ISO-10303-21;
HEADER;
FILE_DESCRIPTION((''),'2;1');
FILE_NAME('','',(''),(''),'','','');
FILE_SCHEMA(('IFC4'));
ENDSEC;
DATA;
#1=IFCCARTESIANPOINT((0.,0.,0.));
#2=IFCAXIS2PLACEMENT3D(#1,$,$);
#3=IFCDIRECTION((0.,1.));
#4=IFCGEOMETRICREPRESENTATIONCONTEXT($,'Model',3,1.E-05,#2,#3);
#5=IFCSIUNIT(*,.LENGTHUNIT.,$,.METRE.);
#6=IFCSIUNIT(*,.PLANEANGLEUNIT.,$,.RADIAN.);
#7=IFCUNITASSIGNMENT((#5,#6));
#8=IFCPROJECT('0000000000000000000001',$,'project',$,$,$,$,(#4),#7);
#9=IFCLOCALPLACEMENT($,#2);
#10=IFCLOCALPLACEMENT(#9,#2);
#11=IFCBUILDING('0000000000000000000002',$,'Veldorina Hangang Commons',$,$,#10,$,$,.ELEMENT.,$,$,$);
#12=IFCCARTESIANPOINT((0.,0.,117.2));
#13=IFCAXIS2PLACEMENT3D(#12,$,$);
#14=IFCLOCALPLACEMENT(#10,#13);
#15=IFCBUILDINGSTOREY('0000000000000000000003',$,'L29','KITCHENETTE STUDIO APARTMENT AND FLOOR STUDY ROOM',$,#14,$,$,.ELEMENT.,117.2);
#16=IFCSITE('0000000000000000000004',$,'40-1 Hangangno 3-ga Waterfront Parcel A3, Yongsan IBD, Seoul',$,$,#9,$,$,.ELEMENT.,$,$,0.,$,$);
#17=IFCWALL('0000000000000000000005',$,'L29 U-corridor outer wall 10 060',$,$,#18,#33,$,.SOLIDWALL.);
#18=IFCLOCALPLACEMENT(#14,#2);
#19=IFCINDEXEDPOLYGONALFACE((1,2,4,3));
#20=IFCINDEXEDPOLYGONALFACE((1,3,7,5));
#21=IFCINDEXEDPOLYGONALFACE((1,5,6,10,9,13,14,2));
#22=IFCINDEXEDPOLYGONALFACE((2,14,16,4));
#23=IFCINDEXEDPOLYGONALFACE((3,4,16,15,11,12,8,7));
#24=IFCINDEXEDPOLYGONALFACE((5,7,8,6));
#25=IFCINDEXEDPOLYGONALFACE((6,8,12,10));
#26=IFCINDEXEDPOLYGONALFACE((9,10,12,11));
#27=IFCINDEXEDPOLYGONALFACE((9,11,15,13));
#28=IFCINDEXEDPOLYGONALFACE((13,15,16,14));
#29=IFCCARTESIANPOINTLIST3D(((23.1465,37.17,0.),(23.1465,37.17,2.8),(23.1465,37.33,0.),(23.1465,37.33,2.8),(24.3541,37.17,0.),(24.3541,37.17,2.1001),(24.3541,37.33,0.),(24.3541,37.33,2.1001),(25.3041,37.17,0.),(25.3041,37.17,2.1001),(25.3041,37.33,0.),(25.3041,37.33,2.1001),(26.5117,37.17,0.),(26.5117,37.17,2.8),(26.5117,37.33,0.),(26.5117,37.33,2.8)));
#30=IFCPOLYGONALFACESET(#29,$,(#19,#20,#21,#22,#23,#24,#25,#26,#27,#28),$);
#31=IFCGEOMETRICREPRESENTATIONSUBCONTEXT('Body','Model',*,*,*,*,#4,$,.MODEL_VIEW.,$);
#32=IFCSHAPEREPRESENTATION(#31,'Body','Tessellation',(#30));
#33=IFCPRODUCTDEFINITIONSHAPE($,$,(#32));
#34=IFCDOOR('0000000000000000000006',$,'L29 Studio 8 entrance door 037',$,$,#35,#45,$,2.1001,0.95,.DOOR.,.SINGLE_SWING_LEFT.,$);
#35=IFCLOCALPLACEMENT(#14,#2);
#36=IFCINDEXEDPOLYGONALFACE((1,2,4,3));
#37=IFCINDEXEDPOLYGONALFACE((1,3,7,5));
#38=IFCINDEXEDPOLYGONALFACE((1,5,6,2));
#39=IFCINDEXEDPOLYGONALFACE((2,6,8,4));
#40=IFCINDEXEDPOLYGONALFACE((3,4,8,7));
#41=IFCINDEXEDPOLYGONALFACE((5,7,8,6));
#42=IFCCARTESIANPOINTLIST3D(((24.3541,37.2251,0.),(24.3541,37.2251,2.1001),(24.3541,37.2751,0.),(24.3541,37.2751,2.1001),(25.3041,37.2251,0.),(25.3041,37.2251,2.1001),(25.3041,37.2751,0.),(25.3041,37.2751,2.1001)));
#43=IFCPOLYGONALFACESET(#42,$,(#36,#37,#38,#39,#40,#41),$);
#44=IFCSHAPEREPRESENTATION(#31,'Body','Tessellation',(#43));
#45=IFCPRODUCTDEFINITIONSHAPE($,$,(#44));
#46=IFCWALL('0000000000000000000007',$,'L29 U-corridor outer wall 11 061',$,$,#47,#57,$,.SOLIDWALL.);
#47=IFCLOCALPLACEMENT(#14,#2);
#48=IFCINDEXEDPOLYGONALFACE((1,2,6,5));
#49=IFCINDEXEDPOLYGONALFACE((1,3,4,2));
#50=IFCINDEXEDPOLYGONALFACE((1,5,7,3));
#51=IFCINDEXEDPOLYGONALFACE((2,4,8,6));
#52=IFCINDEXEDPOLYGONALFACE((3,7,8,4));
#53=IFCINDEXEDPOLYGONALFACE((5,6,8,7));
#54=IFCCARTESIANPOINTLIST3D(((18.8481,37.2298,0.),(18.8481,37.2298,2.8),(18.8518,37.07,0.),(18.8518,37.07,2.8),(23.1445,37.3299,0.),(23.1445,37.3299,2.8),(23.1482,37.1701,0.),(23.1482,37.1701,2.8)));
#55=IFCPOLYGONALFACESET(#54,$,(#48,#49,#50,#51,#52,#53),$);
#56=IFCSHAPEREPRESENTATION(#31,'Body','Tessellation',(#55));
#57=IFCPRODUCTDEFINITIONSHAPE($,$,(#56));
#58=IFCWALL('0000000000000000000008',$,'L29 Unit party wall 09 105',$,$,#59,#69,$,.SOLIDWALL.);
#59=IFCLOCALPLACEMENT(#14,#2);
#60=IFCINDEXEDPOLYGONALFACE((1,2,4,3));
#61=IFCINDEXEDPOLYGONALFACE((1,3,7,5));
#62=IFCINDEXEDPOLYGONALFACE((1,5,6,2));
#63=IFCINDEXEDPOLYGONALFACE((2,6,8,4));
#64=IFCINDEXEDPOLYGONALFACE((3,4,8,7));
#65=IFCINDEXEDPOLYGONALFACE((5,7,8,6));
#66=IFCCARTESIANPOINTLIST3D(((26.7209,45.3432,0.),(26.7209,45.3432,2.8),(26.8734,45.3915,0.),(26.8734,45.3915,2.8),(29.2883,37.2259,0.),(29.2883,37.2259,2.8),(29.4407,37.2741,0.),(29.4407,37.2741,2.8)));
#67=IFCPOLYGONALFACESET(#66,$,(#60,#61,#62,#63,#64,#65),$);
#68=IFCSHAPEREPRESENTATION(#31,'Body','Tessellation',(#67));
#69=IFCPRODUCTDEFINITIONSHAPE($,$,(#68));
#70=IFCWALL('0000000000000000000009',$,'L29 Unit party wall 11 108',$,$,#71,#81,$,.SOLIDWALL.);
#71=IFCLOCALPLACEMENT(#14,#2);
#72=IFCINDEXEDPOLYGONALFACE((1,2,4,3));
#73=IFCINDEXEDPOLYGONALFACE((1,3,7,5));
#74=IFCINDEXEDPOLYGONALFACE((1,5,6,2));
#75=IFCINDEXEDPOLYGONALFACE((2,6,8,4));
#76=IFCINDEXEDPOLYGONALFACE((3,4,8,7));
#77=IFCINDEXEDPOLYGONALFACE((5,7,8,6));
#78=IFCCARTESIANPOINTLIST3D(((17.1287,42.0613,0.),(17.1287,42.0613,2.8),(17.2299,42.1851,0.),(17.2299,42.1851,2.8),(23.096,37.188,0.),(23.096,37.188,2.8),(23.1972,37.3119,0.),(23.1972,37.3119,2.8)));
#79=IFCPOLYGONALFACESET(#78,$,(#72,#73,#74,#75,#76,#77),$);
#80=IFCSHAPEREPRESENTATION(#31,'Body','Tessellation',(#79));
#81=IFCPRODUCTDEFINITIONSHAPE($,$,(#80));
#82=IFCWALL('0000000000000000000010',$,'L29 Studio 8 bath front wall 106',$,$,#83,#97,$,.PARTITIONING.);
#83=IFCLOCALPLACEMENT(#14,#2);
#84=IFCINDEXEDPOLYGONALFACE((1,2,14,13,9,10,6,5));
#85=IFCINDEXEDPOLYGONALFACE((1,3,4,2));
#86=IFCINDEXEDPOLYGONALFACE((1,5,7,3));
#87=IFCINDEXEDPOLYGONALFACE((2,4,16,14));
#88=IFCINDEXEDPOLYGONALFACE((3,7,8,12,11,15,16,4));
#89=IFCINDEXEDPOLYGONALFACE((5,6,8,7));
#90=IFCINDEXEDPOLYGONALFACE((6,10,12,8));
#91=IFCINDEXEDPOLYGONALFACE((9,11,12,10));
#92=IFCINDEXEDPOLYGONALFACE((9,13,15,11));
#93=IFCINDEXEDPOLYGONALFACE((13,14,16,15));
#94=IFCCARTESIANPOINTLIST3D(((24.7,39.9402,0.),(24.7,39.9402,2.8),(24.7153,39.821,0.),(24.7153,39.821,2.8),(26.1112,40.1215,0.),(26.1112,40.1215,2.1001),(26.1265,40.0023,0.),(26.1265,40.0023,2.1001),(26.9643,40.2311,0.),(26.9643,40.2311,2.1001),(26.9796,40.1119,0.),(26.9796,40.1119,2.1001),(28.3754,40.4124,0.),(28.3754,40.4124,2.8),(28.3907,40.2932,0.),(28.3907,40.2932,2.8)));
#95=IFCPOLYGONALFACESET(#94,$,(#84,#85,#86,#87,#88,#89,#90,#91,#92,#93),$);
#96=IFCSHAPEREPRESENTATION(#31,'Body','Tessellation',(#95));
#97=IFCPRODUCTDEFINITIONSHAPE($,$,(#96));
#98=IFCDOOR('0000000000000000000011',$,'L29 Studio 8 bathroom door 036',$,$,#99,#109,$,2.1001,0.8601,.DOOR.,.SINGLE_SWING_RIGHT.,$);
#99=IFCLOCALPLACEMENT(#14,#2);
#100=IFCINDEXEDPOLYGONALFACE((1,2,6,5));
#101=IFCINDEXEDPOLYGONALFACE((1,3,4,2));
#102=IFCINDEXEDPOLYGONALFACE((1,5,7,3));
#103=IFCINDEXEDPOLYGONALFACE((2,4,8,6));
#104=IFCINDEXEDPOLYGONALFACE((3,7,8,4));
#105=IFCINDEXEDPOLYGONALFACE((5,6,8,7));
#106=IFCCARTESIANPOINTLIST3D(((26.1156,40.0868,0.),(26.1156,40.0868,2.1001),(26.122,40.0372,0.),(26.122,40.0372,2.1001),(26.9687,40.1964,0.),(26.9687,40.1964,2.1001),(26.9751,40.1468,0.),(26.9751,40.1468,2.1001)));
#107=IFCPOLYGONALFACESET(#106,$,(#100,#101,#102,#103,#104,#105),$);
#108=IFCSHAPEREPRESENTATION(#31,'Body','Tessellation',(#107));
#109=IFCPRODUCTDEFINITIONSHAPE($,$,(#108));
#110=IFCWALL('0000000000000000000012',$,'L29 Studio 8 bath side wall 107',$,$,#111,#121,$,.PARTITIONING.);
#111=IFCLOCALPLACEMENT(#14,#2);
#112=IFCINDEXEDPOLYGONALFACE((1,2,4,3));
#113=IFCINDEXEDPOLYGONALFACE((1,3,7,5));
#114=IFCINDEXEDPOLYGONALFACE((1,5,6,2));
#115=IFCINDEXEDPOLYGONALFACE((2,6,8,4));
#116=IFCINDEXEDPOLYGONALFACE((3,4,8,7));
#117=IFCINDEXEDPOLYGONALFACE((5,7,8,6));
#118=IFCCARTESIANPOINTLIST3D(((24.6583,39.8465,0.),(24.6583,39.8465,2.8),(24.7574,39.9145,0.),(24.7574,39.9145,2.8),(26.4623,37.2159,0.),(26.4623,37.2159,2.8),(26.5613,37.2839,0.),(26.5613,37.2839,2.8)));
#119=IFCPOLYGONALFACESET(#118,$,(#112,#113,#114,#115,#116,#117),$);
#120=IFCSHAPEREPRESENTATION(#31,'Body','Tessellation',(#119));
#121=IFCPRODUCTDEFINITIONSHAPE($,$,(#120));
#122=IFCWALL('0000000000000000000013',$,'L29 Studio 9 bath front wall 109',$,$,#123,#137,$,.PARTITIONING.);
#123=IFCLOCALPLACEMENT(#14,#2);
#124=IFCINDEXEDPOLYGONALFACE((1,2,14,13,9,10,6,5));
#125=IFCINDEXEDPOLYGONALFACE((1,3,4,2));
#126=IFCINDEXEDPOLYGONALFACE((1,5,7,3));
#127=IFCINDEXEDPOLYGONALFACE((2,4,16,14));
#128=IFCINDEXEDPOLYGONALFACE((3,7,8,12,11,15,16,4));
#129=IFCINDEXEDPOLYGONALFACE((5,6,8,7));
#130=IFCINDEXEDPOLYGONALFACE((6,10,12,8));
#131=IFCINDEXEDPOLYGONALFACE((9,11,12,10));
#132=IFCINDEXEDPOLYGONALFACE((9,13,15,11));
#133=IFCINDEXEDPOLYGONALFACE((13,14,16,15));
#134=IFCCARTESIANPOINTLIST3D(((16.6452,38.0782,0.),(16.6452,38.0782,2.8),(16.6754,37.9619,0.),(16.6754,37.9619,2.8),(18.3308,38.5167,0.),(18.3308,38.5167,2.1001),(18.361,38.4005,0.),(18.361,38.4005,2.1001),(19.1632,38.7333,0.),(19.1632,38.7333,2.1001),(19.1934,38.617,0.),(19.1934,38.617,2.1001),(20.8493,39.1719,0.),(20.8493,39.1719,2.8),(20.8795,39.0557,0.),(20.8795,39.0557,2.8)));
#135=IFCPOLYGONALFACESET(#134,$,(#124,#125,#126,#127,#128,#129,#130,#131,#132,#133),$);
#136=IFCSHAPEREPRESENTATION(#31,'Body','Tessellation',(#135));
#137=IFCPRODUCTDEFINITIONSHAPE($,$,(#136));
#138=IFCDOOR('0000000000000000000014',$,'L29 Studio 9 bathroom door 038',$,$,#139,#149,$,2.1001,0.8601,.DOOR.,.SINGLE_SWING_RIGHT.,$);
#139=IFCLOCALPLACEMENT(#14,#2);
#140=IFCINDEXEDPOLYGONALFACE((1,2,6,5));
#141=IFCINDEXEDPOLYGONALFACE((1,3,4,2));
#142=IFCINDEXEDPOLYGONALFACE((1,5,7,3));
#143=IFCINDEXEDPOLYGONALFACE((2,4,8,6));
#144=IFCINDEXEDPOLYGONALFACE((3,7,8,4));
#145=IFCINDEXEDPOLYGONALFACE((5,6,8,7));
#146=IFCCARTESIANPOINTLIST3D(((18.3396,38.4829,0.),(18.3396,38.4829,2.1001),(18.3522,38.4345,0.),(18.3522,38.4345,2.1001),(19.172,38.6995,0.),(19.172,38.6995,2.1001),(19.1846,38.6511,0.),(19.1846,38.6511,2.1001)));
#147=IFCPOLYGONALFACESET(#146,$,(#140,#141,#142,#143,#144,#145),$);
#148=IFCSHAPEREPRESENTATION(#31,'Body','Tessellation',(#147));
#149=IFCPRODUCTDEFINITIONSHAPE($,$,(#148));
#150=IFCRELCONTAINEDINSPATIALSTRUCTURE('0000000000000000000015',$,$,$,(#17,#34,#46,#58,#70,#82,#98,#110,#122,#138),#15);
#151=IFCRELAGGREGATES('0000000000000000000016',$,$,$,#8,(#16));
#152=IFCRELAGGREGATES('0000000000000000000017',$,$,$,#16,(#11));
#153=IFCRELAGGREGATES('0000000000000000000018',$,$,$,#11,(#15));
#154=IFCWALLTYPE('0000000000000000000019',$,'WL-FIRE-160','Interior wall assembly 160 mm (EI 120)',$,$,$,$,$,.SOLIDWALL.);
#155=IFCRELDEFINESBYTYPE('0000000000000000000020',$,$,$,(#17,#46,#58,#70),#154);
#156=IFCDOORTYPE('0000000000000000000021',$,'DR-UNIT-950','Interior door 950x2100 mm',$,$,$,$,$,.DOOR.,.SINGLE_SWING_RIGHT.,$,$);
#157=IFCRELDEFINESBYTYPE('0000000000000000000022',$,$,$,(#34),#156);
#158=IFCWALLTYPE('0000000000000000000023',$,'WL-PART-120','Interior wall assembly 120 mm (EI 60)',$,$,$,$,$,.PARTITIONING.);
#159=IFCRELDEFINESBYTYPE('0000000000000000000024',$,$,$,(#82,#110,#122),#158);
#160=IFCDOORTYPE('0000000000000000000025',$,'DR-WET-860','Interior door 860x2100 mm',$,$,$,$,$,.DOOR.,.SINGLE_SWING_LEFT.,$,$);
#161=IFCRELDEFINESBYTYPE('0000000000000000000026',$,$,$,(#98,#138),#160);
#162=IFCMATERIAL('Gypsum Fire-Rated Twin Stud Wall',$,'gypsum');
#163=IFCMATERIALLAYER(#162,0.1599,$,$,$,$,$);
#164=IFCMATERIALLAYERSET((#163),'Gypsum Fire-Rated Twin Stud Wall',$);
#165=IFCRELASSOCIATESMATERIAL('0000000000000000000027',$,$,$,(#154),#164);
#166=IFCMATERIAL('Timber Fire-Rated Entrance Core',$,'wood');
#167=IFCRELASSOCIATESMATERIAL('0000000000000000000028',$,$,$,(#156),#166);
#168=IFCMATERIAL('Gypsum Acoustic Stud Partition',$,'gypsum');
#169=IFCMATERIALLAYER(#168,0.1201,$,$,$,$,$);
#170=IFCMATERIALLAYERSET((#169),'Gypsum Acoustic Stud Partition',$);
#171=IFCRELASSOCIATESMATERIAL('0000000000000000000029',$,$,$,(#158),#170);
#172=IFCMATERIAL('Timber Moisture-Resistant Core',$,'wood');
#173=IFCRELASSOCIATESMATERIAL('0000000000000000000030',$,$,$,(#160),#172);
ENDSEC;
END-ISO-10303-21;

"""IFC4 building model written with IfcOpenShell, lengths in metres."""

from ifc_helpers import new_model, si_unit, direction, frame, frame_2d, origin, place, context, subcontext, project, spatial, rectangle, extrude, material, layer, layer_set, type_object, element, fill, save


model = new_model("IFC4")

# Units and contexts
model_context = context("Model", 3, precision=1e-05, world=origin(), true_north=direction((0.0, 1.0)))
body_context = subcontext(model_context, "Body", "Model", "MODEL_VIEW")
ifc_project = project(units=[si_unit("LENGTHUNIT", "METRE"), si_unit("PLANEANGLEUNIT", "RADIAN")], contexts=[model_context])

# Site, building, storey
site_placement = place(None, origin())
site = spatial("IfcSite", under=ifc_project, at=site_placement, Name="40-1 Hangangno 3-ga Waterfront Parcel A3, Yongsan IBD, Seoul", CompositionType="ELEMENT", RefElevation=0.0)
building_placement = place(site_placement, origin())
building = spatial("IfcBuilding", under=site, at=building_placement, Name="Veldorina Hangang Commons", CompositionType="ELEMENT")
storey_placement = place(building_placement, frame((0.0, 0.0, 117.2)))
storey = spatial("IfcBuildingStorey", under=building, at=storey_placement, Name="L29", Description="KITCHENETTE STUDIO APARTMENT AND FLOOR STUDY ROOM", CompositionType="ELEMENT", Elevation=117.2)

# Shared definitions
ifc_material_1 = material(Name="Gypsum Fire-Rated Twin Stud Wall", Category="gypsum")
ifc_layer_1 = layer(ifc_material_1, 0.1599)
ifc_layer_set_1 = layer_set([ifc_layer_1], Name="Gypsum Fire-Rated Twin Stud Wall")
wall_type_1 = type_object("IfcWallType", Name="WL-FIRE-160", Description="Interior wall assembly 160 mm (EI 120)", PredefinedType="SOLIDWALL", material=ifc_layer_set_1)

# Wall, opening, door
wall_1_placement = place(storey_placement, frame((26.5117, 37.25, 0.0), z_axis=(0.0, 0.0, 1.0), x_axis=(-1.0, 0.0, 0.0)))
wall_1 = element("IfcWall", 1, at=wall_1_placement, inside=storey, type_object=wall_type_1, Name="L29 U-corridor outer wall 10 060", PredefinedType="SOLIDWALL", context=body_context, shape_type="SweptSolid", body=[
    extrude(rectangle(XDim=3.3652, YDim=0.1599, at=frame_2d((1.6826, 0.0))), origin(), (0.0, 0.0, 1.0), 2.8),
])
opening_1_placement = place(wall_1_placement, frame((1.2075, 0.0, 0.0)))
opening_1 = element("IfcOpeningElement", 2, at=opening_1_placement, cuts=wall_1, PredefinedType="OPENING", context=body_context, shape_type="SweptSolid", body=[
    extrude(rectangle(XDim=0.95, YDim=2.1001, at=frame_2d((0.4751, 1.05))), frame((0.0, 0.0898, 0.0), z_axis=(0.0, -1.0, 0.0), x_axis=(1.0, 0.0, 0.0)), (0.0, 0.0, 1.0), 0.1799),
])
ifc_material_2 = material(Name="Timber Fire-Rated Entrance Core", Category="wood")
door_type_1 = type_object("IfcDoorType", Name="DR-UNIT-950", Description="Interior door 950x2100 mm", OperationType="SINGLE_SWING_RIGHT", PredefinedType="DOOR", material=ifc_material_2)
door_1_placement = place(opening_1_placement, origin())
door_1 = element("IfcDoor", 3, at=door_1_placement, inside=storey, type_object=door_type_1, Name="L29 Studio 8 entrance door 037", OperationType="SINGLE_SWING_LEFT", OverallHeight=2.1001, OverallWidth=0.95, PredefinedType="DOOR", context=body_context, shape_type="SweptSolid", body=[
    extrude(rectangle(XDim=0.95, YDim=2.1001, at=frame_2d((0.4751, 1.05))), frame((0.0, 0.0249, 0.0), z_axis=(0.0, -1.0, 0.0), x_axis=(1.0, 0.0, 0.0)), (0.0, 0.0, 1.0), 0.05),
])
fill(opening_1, door_1)

# Walls
wall_2_placement = place(storey_placement, frame((23.1465, 37.25, 0.0), z_axis=(0.0, 0.0, 1.0), x_axis=(-0.999729, -0.023292, 0.0)))
element("IfcWall", 4, at=wall_2_placement, inside=storey, type_object=wall_type_1, Name="L29 U-corridor outer wall 11 061", PredefinedType="SOLIDWALL", context=body_context, shape_type="SweptSolid", body=[
    extrude(rectangle(XDim=4.2976, YDim=0.1599, at=frame_2d((2.1489, 0.0))), origin(), (0.0, 0.0, 1.0), 2.8),
])
wall_3_placement = place(storey_placement, frame((29.3645, 37.25, 0.0), z_axis=(0.0, 0.0, 1.0), x_axis=(-0.301557, 0.953448, 0.0)))
element("IfcWall", 5, at=wall_3_placement, inside=storey, type_object=wall_type_1, Name="L29 Unit party wall 09 105", PredefinedType="SOLIDWALL", context=body_context, shape_type="SweptSolid", body=[
    extrude(rectangle(XDim=8.5137, YDim=0.1599, at=frame_2d((4.2568, 0.0))), origin(), (0.0, 0.0, 1.0), 2.8),
])
wall_4_placement = place(storey_placement, frame((23.1465, 37.25, 0.0), z_axis=(0.0, 0.0, 1.0), x_axis=(-0.774532, 0.632535, 0.0)))
element("IfcWall", 6, at=wall_4_placement, inside=storey, type_object=wall_type_1, Name="L29 Unit party wall 11 108", PredefinedType="SOLIDWALL", context=body_context, shape_type="SweptSolid", body=[
    extrude(rectangle(XDim=7.7043, YDim=0.1599, at=frame_2d((3.8521, 0.0))), origin(), (0.0, 0.0, 1.0), 2.8),
])

# Wall, opening, door
ifc_material_3 = material(Name="Gypsum Acoustic Stud Partition", Category="gypsum")
ifc_layer_2 = layer(ifc_material_3, 0.1201)
ifc_layer_set_2 = layer_set([ifc_layer_2], Name="Gypsum Acoustic Stud Partition")
wall_type_2 = type_object("IfcWallType", Name="WL-PART-120", Description="Interior wall assembly 120 mm (EI 60)", PredefinedType="PARTITIONING", material=ifc_layer_set_2)
wall_5_placement = place(storey_placement, frame((28.3831, 40.3528, 0.0), z_axis=(0.0, 0.0, 1.0), x_axis=(-0.991848, -0.127424, 0.0)))
wall_5 = element("IfcWall", 7, at=wall_5_placement, inside=storey, type_object=wall_type_2, Name="L29 Studio 8 bath front wall 106", PredefinedType="PARTITIONING", context=body_context, shape_type="SweptSolid", body=[
    extrude(rectangle(XDim=3.7056, YDim=0.1201, at=frame_2d((1.8528, 0.0))), origin(), (0.0, 0.0, 1.0), 2.8),
])
opening_2_placement = place(wall_5_placement, frame((1.4226, 0.0, 0.0)))
opening_2 = element("IfcOpeningElement", 8, at=opening_2_placement, cuts=wall_5, PredefinedType="OPENING", context=body_context, shape_type="SweptSolid", body=[
    extrude(rectangle(XDim=0.8601, YDim=2.1001, at=frame_2d((0.4302, 1.05))), frame((0.0, 0.0701, 0.0), z_axis=(0.0, -1.0, 0.0), x_axis=(1.0, 0.0, 0.0)), (0.0, 0.0, 1.0), 0.1401),
])
ifc_material_4 = material(Name="Timber Moisture-Resistant Core", Category="wood")
door_type_2 = type_object("IfcDoorType", Name="DR-WET-860", Description="Interior door 860x2100 mm", OperationType="SINGLE_SWING_LEFT", PredefinedType="DOOR", material=ifc_material_4)
door_2_placement = place(opening_2_placement, origin())
door_2 = element("IfcDoor", 9, at=door_2_placement, inside=storey, type_object=door_type_2, Name="L29 Studio 8 bathroom door 036", OperationType="SINGLE_SWING_RIGHT", OverallHeight=2.1001, OverallWidth=0.8601, PredefinedType="DOOR", context=body_context, shape_type="SweptSolid", body=[
    extrude(rectangle(XDim=0.8601, YDim=2.1001, at=frame_2d((0.4302, 1.05))), frame((0.0, 0.0249, 0.0), z_axis=(0.0, -1.0, 0.0), x_axis=(1.0, 0.0, 0.0)), (0.0, 0.0, 1.0), 0.05),
])
fill(opening_2, door_2)

# Wall
wall_6_placement = place(storey_placement, frame((26.5117, 37.25, 0.0), z_axis=(0.0, 0.0, 1.0), x_axis=(-0.565551, 0.824714, 0.0)))
element("IfcWall", 10, at=wall_6_placement, inside=storey, type_object=wall_type_2, Name="L29 Studio 8 bath side wall 107", PredefinedType="PARTITIONING", context=body_context, shape_type="SweptSolid", body=[
    extrude(rectangle(XDim=3.1897, YDim=0.1201, at=frame_2d((1.5947, 0.0))), origin(), (0.0, 0.0, 1.0), 2.8),
])

# Wall, opening, door
wall_7_placement = place(storey_placement, frame((20.8643, 39.1138, 0.0), z_axis=(0.0, 0.0, 1.0), x_axis=(-0.967784, -0.251781, 0.0)))
wall_7 = element("IfcWall", 11, at=wall_7_placement, inside=storey, type_object=wall_type_2, Name="L29 Studio 9 bath front wall 109", PredefinedType="PARTITIONING", context=body_context, shape_type="SweptSolid", body=[
    extrude(rectangle(XDim=4.344, YDim=0.1201, at=frame_2d((2.1719, 0.0))), origin(), (0.0, 0.0, 1.0), 2.8),
])
opening_3_placement = place(wall_7_placement, frame((1.7419, 0.0, 0.0)))
opening_3 = element("IfcOpeningElement", 12, at=opening_3_placement, cuts=wall_7, PredefinedType="OPENING", context=body_context, shape_type="SweptSolid", body=[
    extrude(rectangle(XDim=0.8601, YDim=2.1001, at=frame_2d((0.4302, 1.05))), frame((0.0, 0.0701, 0.0), z_axis=(0.0, -1.0, 0.0), x_axis=(1.0, 0.0, 0.0)), (0.0, 0.0, 1.0), 0.1401),
])
door_3_placement = place(opening_3_placement, origin())
door_3 = element("IfcDoor", 13, at=door_3_placement, inside=storey, type_object=door_type_2, Name="L29 Studio 9 bathroom door 038", OperationType="SINGLE_SWING_RIGHT", OverallHeight=2.1001, OverallWidth=0.8601, PredefinedType="DOOR", context=body_context, shape_type="SweptSolid", body=[
    extrude(rectangle(XDim=0.8601, YDim=2.1001, at=frame_2d((0.4302, 1.05))), frame((0.0, 0.0249, 0.0), z_axis=(0.0, -1.0, 0.0), x_axis=(1.0, 0.0, 0.0)), (0.0, 0.0, 1.0), 0.05),
])
fill(opening_3, door_3)

save(model, "model.ifc")
